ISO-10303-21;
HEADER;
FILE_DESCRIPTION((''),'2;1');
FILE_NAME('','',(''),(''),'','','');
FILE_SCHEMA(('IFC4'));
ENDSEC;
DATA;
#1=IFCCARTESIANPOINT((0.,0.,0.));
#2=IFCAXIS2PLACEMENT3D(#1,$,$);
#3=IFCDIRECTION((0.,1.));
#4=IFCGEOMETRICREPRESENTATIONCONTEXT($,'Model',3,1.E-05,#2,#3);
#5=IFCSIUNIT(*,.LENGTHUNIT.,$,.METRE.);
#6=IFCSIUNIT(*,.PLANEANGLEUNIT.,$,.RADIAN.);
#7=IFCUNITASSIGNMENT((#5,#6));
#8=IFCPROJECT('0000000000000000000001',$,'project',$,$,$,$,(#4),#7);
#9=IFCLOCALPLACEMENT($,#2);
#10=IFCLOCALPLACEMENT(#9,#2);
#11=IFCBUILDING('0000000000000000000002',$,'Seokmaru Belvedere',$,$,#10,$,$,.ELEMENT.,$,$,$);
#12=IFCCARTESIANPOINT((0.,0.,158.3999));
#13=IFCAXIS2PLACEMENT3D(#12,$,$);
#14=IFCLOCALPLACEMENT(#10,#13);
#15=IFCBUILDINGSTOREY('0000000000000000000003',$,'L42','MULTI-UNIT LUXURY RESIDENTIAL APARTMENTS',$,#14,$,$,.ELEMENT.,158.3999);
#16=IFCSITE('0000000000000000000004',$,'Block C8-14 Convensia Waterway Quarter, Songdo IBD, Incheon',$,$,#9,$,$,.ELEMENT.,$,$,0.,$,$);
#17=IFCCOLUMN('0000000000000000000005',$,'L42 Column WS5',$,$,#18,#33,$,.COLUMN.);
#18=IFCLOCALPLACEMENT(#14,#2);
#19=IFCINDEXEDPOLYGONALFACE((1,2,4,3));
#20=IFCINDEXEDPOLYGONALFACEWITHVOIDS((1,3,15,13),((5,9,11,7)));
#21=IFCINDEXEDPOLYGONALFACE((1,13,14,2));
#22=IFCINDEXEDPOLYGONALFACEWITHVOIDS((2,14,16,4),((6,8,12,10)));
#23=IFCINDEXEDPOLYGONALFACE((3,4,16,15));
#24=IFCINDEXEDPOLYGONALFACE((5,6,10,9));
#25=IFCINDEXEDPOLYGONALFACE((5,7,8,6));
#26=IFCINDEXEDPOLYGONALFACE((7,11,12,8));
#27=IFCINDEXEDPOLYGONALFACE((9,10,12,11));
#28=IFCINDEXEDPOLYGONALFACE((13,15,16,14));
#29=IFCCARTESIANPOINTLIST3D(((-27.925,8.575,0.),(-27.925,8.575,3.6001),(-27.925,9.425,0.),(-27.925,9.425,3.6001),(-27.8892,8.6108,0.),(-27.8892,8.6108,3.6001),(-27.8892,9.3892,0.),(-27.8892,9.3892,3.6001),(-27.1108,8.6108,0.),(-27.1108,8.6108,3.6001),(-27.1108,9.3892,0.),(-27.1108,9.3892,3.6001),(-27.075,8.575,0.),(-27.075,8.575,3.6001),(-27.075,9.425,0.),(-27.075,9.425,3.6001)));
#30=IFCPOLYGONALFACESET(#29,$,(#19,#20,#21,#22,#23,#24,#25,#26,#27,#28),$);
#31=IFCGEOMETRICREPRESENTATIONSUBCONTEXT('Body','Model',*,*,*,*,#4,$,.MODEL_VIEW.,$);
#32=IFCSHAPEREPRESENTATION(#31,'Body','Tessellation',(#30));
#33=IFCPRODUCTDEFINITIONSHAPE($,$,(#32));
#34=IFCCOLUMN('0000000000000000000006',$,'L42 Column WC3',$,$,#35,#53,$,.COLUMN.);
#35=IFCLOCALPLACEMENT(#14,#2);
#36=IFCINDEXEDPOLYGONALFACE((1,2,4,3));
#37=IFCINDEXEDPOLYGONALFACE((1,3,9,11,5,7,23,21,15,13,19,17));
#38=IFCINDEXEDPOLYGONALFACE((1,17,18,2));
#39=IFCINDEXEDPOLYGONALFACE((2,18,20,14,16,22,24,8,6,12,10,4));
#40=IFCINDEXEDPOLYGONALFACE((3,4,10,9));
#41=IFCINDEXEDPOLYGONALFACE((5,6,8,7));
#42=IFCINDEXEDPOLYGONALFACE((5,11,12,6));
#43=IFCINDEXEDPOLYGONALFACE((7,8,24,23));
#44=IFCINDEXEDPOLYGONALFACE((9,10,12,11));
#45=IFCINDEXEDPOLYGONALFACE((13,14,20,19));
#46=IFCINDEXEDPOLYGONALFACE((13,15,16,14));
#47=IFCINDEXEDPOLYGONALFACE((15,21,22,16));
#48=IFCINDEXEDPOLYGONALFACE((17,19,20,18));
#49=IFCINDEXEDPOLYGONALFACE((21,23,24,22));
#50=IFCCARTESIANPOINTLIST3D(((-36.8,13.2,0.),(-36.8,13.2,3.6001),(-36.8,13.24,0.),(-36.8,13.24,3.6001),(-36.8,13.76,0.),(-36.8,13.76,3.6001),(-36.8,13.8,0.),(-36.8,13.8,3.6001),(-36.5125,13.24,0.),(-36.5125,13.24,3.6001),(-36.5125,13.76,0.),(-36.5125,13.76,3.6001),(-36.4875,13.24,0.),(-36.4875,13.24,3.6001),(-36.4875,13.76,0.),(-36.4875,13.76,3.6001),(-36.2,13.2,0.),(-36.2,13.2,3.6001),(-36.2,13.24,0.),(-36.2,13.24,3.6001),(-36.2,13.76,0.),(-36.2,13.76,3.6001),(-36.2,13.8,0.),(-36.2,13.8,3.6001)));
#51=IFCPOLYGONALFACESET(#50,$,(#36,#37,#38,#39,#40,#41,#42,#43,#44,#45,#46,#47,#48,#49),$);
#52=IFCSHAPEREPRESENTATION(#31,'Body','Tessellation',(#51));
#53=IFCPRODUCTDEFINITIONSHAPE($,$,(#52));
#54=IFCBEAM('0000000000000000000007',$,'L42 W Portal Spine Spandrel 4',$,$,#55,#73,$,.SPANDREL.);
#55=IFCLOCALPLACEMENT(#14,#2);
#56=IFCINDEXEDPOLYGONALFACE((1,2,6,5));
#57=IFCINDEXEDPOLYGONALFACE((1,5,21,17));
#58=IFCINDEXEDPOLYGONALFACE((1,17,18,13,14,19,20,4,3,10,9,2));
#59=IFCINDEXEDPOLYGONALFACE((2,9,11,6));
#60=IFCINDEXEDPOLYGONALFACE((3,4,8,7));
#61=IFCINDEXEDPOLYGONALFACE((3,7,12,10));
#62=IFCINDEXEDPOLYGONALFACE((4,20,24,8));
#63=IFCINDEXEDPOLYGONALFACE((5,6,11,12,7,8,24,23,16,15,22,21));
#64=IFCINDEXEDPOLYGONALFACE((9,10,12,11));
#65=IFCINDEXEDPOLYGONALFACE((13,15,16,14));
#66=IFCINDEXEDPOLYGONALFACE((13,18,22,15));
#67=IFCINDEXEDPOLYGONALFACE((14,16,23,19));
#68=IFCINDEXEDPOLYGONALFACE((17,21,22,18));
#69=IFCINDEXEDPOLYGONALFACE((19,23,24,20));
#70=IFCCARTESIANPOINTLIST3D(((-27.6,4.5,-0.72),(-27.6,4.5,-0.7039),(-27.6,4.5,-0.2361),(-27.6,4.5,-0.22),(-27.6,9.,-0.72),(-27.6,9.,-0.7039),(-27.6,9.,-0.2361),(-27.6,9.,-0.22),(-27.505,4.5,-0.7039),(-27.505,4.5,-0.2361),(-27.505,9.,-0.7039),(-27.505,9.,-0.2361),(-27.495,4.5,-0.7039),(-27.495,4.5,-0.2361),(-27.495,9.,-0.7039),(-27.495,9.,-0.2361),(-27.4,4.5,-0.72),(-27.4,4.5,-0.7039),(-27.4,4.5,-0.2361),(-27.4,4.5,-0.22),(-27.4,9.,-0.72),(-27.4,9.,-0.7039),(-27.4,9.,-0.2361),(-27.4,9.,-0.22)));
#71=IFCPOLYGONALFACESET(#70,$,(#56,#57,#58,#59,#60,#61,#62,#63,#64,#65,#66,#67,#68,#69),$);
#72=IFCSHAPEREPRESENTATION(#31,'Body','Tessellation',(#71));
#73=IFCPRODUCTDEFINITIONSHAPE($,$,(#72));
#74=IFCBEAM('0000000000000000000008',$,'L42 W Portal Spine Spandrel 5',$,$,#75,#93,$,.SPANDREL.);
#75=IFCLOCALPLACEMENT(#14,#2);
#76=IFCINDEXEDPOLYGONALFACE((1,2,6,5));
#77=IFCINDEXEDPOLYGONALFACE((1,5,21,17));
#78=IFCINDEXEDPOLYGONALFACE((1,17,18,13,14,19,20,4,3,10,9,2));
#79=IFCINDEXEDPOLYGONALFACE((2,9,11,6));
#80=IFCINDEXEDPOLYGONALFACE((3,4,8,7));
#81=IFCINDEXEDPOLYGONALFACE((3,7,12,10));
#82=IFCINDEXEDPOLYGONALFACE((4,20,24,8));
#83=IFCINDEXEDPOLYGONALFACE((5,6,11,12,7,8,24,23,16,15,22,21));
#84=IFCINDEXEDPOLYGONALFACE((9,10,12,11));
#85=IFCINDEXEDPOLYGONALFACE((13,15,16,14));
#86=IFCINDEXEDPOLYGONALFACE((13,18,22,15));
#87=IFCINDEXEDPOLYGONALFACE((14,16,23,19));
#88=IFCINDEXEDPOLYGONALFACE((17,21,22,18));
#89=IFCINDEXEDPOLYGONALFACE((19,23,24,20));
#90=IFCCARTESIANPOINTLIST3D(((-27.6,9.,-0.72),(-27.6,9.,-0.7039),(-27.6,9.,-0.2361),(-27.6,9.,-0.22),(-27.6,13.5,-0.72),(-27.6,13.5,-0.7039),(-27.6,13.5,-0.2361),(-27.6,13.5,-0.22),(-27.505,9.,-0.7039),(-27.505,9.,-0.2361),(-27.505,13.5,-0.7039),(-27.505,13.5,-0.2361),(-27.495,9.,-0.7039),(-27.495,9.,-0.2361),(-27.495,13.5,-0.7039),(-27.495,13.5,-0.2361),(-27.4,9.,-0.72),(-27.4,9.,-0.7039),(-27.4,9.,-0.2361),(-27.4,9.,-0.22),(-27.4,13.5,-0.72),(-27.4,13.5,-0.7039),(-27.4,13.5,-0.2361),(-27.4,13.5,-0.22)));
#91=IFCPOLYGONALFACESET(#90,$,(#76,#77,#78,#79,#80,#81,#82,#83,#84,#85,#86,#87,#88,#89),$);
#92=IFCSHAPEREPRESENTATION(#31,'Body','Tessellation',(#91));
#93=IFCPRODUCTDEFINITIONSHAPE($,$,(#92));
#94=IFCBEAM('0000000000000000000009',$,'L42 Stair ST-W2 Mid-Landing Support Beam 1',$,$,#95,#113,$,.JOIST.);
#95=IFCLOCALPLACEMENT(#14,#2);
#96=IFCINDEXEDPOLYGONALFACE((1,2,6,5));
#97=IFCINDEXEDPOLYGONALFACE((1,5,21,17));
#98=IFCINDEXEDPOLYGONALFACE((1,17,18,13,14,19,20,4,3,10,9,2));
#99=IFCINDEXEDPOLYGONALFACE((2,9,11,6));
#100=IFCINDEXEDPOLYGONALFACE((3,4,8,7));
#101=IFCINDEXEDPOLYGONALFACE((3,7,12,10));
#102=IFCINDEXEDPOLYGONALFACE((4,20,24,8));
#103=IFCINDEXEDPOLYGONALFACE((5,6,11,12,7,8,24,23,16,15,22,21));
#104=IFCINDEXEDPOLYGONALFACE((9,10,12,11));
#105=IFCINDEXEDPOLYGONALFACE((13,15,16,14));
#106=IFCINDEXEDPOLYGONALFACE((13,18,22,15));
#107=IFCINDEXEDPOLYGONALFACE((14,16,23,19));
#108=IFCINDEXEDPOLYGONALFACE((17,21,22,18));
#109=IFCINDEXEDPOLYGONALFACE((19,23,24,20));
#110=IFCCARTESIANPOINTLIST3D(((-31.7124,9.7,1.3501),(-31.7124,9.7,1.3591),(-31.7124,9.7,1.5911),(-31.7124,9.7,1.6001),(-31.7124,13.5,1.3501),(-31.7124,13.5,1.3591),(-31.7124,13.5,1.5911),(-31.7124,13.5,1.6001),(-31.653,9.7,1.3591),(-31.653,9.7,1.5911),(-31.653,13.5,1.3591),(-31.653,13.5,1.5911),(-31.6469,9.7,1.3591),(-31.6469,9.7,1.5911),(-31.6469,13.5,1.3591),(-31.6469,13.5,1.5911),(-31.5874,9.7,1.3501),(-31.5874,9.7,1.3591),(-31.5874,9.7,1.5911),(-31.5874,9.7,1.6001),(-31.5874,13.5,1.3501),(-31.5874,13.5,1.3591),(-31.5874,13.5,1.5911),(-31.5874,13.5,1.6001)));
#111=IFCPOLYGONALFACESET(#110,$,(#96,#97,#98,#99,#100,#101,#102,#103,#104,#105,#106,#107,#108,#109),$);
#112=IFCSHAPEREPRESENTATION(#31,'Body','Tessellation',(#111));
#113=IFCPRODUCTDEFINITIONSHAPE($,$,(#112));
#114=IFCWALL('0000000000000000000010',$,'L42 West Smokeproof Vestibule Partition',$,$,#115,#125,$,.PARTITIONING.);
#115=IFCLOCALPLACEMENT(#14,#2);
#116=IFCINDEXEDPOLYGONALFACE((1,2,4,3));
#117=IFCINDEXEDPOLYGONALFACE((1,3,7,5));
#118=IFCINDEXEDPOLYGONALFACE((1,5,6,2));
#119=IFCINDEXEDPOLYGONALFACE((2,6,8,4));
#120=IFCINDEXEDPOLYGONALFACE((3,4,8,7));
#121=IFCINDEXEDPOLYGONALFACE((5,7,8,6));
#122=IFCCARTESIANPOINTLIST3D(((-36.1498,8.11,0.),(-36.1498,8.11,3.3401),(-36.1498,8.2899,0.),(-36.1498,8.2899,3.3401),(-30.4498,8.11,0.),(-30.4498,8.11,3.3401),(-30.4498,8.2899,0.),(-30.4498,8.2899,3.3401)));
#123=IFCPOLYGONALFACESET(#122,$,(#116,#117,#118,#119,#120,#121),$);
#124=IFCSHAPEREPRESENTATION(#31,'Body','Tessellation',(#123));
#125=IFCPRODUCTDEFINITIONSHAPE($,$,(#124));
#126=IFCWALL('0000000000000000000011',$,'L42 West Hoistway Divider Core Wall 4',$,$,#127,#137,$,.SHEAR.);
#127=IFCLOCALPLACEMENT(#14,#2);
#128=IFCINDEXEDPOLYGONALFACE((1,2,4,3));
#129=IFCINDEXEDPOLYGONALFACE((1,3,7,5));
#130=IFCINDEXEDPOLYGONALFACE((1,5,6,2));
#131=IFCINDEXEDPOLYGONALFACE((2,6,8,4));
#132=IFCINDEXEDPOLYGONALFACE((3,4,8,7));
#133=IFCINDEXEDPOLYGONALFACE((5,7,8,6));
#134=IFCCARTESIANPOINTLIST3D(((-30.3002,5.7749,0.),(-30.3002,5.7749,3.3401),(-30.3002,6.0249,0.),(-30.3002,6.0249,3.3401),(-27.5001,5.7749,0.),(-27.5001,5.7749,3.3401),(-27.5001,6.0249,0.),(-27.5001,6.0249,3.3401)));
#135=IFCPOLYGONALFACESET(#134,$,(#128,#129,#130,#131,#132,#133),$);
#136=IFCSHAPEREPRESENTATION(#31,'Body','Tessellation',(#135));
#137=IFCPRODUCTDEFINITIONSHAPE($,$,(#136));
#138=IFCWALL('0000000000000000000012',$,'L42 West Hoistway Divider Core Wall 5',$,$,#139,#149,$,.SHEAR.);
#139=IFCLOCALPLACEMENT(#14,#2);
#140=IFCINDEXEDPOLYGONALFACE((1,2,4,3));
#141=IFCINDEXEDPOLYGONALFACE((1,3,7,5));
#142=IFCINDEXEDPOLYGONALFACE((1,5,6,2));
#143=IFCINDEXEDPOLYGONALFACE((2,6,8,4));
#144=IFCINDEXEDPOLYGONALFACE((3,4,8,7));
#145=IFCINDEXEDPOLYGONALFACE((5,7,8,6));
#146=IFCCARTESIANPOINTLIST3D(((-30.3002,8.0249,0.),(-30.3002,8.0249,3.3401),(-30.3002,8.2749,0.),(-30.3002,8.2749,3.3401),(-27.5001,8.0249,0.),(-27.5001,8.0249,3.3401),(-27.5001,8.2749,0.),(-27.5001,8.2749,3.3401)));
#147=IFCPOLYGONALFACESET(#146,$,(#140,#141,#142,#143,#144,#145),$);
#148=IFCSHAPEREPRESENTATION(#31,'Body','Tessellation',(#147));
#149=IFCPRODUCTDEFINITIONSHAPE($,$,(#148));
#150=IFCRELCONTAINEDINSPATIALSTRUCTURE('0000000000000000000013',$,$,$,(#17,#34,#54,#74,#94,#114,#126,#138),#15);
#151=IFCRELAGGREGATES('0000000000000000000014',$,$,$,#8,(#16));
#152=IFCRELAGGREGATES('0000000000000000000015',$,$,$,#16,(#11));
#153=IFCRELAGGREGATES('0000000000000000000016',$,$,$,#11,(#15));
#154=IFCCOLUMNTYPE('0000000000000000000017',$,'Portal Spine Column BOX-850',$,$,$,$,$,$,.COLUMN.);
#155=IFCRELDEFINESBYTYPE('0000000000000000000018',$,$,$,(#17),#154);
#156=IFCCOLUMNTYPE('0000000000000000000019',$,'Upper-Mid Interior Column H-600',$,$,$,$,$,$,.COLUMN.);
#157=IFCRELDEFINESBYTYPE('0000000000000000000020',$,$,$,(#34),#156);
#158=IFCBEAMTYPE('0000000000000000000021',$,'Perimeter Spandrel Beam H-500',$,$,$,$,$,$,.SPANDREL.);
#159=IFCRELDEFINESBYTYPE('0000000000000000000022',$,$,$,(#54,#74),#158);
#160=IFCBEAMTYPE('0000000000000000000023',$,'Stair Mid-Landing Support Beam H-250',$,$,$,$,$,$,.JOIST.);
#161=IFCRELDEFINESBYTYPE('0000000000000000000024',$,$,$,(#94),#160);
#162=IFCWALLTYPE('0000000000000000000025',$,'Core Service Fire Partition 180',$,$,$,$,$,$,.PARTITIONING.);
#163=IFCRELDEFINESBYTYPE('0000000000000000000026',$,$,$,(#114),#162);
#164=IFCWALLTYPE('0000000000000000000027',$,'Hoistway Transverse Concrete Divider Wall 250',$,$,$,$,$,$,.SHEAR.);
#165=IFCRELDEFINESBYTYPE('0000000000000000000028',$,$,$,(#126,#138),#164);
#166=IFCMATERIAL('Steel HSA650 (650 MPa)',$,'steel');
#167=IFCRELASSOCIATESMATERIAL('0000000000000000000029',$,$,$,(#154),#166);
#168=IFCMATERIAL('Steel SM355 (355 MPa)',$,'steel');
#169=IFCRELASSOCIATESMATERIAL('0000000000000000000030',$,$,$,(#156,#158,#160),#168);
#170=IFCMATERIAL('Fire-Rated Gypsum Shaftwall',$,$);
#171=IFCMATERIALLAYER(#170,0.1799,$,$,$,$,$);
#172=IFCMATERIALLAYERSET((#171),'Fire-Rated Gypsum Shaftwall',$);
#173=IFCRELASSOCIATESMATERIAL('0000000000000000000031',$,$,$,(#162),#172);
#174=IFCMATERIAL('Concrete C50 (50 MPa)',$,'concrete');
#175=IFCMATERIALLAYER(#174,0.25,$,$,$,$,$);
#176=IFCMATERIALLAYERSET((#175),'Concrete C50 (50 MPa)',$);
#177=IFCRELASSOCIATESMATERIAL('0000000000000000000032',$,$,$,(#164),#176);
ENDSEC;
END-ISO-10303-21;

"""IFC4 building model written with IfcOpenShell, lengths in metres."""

from ifc_helpers import new_model, si_unit, direction, frame, frame_2d, origin, origin_2d, place, context, subcontext, project, spatial, rectangle, hollow_rectangle, i_section, extrude, source, transform, mapped, material, layer, layer_set, material_profile, profile_set, type_object, type_shapes, element, save


model = new_model("IFC4")

# Units and contexts
model_context = context("Model", 3, precision=1e-05, world=origin(), true_north=direction((0.0, 1.0)))
body_context = subcontext(model_context, "Body", "Model", "MODEL_VIEW")
ifc_project = project(units=[si_unit("LENGTHUNIT", "METRE"), si_unit("PLANEANGLEUNIT", "RADIAN")], contexts=[model_context])

# Site, building, storey
site_placement = place(None, origin())
site = spatial("IfcSite", under=ifc_project, at=site_placement, Name="Block C8-14 Convensia Waterway Quarter, Songdo IBD, Incheon", CompositionType="ELEMENT", RefElevation=0.0)
building_placement = place(site_placement, origin())
building = spatial("IfcBuilding", under=site, at=building_placement, Name="Seokmaru Belvedere", CompositionType="ELEMENT")
storey_placement = place(building_placement, frame((0.0, 0.0, 158.3999)))
storey = spatial("IfcBuildingStorey", under=building, at=storey_placement, Name="L42", Description="MULTI-UNIT LUXURY RESIDENTIAL APARTMENTS", CompositionType="ELEMENT", Elevation=158.3999)

# Columns
ifc_material_1 = material(Name="Steel HSA650 (650 MPa)", Category="steel")
ifc_material_profile_1 = material_profile(ifc_material_1, hollow_rectangle(XDim=0.8501, YDim=0.8501, WallThickness=0.0359, at=origin_2d()), Name="BOX-850x850x36")
ifc_profile_set_1 = profile_set([ifc_material_profile_1], Name="Steel HSA650 (650 MPa)")
column_type_1 = type_object("IfcColumnType", Name="Portal Spine Column BOX-850", PredefinedType="COLUMN", material=ifc_profile_set_1)
shared_shape_1 = source(origin(), body_context, "Body", "SweptSolid", [
    extrude(hollow_rectangle(XDim=0.8501, YDim=0.8501, WallThickness=0.0359, at=origin_2d()), origin(), (0.0, 0.0, 1.0), 3.6001),
])
type_shapes(column_type_1, [shared_shape_1])
column_1_placement = place(storey_placement, frame((-27.5, 9.0, 0.0), z_axis=(0.0, 0.0, 1.0), x_axis=(1.0, 0.0, 0.0)))
element("IfcColumn", 1, at=column_1_placement, inside=storey, type_object=column_type_1, Name="L42 Column WS5", PredefinedType="COLUMN", context=body_context, shape_type="MappedRepresentation", body=[
    mapped(shared_shape_1, transform((0.0, 0.0, 0.0), scale=1.0)),
])
ifc_material_2 = material(Name="Steel SM355 (355 MPa)", Category="steel")
ifc_material_profile_2 = material_profile(ifc_material_2, i_section(OverallWidth=0.6001, OverallDepth=0.6001, WebThickness=0.0249, FlangeThickness=0.04, at=origin_2d()), Name="H-600x600x25x40")
ifc_profile_set_2 = profile_set([ifc_material_profile_2], Name="Steel SM355 (355 MPa)")
column_type_2 = type_object("IfcColumnType", Name="Upper-Mid Interior Column H-600", PredefinedType="COLUMN", material=ifc_profile_set_2)
shared_shape_2 = source(origin(), body_context, "Body", "SweptSolid", [
    extrude(i_section(OverallWidth=0.6001, OverallDepth=0.6001, WebThickness=0.0249, FlangeThickness=0.04, at=origin_2d()), origin(), (0.0, 0.0, 1.0), 3.6001),
])
type_shapes(column_type_2, [shared_shape_2])
column_2_placement = place(storey_placement, frame((-36.5, 13.5, 0.0), z_axis=(0.0, 0.0, 1.0), x_axis=(1.0, 0.0, 0.0)))
element("IfcColumn", 2, at=column_2_placement, inside=storey, type_object=column_type_2, Name="L42 Column WC3", PredefinedType="COLUMN", context=body_context, shape_type="MappedRepresentation", body=[
    mapped(shared_shape_2, transform((0.0, 0.0, 0.0), scale=1.0)),
])

# Beams
ifc_material_profile_3 = material_profile(ifc_material_2, i_section(OverallWidth=0.2, OverallDepth=0.5, WebThickness=0.01, FlangeThickness=0.0161, at=origin_2d()), Name="H-500x200x10x16")
ifc_profile_set_3 = profile_set([ifc_material_profile_3], Name="Steel SM355 (355 MPa)")
beam_type_1 = type_object("IfcBeamType", Name="Perimeter Spandrel Beam H-500", PredefinedType="SPANDREL", material=ifc_profile_set_3)
shared_shape_3 = source(origin(), body_context, "Body", "SweptSolid", [
    extrude(i_section(OverallWidth=0.2, OverallDepth=0.5, WebThickness=0.01, FlangeThickness=0.0161, at=origin_2d()), origin(), (0.0, 0.0, 1.0), 4.5),
])
type_shapes(beam_type_1, [shared_shape_3])
for number, where, z_axis, x_axis, name in (
    (3, (-27.5, 4.5, -0.47), (0.0, 1.0, 0.0), (-1.0, 0.0, 0.0), "L42 W Portal Spine Spandrel 4"),
    (4, (-27.5, 9.0, -0.47), (0.0, 1.0, 0.0), (-1.0, 0.0, 0.0), "L42 W Portal Spine Spandrel 5"),
):
    element("IfcBeam", number, at=place(storey_placement, frame(where, z_axis=z_axis, x_axis=x_axis)), inside=storey, type_object=beam_type_1, Name=name, PredefinedType="SPANDREL", context=body_context, shape_type="MappedRepresentation", body=[
        mapped(shared_shape_3, transform((0.0, 0.0, 0.0), scale=1.0)),
    ])
ifc_material_profile_4 = material_profile(ifc_material_2, i_section(OverallWidth=0.125, OverallDepth=0.25, WebThickness=0.0061, FlangeThickness=0.009, at=origin_2d()), Name="H-250x125x6x9")
ifc_profile_set_4 = profile_set([ifc_material_profile_4], Name="Steel SM355 (355 MPa)")
beam_type_2 = type_object("IfcBeamType", Name="Stair Mid-Landing Support Beam H-250", PredefinedType="JOIST", material=ifc_profile_set_4)
shared_shape_4 = source(origin(), body_context, "Body", "SweptSolid", [
    extrude(i_section(OverallWidth=0.125, OverallDepth=0.25, WebThickness=0.0061, FlangeThickness=0.009, at=origin_2d()), origin(), (0.0, 0.0, 1.0), 3.8),
])
type_shapes(beam_type_2, [shared_shape_4])
beam_placement = place(storey_placement, frame((-31.6499, 9.7, 1.4751), z_axis=(0.0, 1.0, 0.0), x_axis=(-1.0, 0.0, 0.0)))
element("IfcBeam", 5, at=beam_placement, inside=storey, type_object=beam_type_2, Name="L42 Stair ST-W2 Mid-Landing Support Beam 1", PredefinedType="JOIST", context=body_context, shape_type="MappedRepresentation", body=[
    mapped(shared_shape_4, transform((0.0, 0.0, 0.0), scale=1.0)),
])

# Walls
ifc_material_3 = material(Name="Fire-Rated Gypsum Shaftwall")
ifc_layer_1 = layer(ifc_material_3, 0.1799)
ifc_layer_set_1 = layer_set([ifc_layer_1], Name="Fire-Rated Gypsum Shaftwall")
wall_type_1 = type_object("IfcWallType", Name="Core Service Fire Partition 180", PredefinedType="PARTITIONING", material=ifc_layer_set_1)
wall_1_placement = place(storey_placement, frame((-36.1499, 8.2, 0.0), z_axis=(0.0, 0.0, 1.0), x_axis=(1.0, 0.0, 0.0)))
element("IfcWall", 6, at=wall_1_placement, inside=storey, type_object=wall_type_1, Name="L42 West Smokeproof Vestibule Partition", PredefinedType="PARTITIONING", context=body_context, shape_type="SweptSolid", body=[
    extrude(rectangle(XDim=5.7, YDim=0.1799, at=frame_2d((2.8501, 0.0))), origin(), (0.0, 0.0, 1.0), 3.3401),
])
ifc_material_4 = material(Name="Concrete C50 (50 MPa)", Category="concrete")
ifc_layer_2 = layer(ifc_material_4, 0.25)
ifc_layer_set_2 = layer_set([ifc_layer_2], Name="Concrete C50 (50 MPa)")
wall_type_2 = type_object("IfcWallType", Name="Hoistway Transverse Concrete Divider Wall 250", PredefinedType="SHEAR", material=ifc_layer_set_2)
for number, where, z_axis, x_axis, name in (
    (7, (-30.3, 5.8999, 0.0), (0.0, 0.0, 1.0), (1.0, 0.0, 0.0), "L42 West Hoistway Divider Core Wall 4"),
    (8, (-30.3, 8.1499, 0.0), (0.0, 0.0, 1.0), (1.0, 0.0, 0.0), "L42 West Hoistway Divider Core Wall 5"),
):
    element("IfcWall", number, at=place(storey_placement, frame(where, z_axis=z_axis, x_axis=x_axis)), inside=storey, type_object=wall_type_2, Name=name, PredefinedType="SHEAR", context=body_context, shape_type="SweptSolid", body=[
        extrude(rectangle(XDim=2.8, YDim=0.25, at=frame_2d((1.3999, 0.0))), origin(), (0.0, 0.0, 1.0), 3.3401),
    ])

save(model, "model.ifc")
